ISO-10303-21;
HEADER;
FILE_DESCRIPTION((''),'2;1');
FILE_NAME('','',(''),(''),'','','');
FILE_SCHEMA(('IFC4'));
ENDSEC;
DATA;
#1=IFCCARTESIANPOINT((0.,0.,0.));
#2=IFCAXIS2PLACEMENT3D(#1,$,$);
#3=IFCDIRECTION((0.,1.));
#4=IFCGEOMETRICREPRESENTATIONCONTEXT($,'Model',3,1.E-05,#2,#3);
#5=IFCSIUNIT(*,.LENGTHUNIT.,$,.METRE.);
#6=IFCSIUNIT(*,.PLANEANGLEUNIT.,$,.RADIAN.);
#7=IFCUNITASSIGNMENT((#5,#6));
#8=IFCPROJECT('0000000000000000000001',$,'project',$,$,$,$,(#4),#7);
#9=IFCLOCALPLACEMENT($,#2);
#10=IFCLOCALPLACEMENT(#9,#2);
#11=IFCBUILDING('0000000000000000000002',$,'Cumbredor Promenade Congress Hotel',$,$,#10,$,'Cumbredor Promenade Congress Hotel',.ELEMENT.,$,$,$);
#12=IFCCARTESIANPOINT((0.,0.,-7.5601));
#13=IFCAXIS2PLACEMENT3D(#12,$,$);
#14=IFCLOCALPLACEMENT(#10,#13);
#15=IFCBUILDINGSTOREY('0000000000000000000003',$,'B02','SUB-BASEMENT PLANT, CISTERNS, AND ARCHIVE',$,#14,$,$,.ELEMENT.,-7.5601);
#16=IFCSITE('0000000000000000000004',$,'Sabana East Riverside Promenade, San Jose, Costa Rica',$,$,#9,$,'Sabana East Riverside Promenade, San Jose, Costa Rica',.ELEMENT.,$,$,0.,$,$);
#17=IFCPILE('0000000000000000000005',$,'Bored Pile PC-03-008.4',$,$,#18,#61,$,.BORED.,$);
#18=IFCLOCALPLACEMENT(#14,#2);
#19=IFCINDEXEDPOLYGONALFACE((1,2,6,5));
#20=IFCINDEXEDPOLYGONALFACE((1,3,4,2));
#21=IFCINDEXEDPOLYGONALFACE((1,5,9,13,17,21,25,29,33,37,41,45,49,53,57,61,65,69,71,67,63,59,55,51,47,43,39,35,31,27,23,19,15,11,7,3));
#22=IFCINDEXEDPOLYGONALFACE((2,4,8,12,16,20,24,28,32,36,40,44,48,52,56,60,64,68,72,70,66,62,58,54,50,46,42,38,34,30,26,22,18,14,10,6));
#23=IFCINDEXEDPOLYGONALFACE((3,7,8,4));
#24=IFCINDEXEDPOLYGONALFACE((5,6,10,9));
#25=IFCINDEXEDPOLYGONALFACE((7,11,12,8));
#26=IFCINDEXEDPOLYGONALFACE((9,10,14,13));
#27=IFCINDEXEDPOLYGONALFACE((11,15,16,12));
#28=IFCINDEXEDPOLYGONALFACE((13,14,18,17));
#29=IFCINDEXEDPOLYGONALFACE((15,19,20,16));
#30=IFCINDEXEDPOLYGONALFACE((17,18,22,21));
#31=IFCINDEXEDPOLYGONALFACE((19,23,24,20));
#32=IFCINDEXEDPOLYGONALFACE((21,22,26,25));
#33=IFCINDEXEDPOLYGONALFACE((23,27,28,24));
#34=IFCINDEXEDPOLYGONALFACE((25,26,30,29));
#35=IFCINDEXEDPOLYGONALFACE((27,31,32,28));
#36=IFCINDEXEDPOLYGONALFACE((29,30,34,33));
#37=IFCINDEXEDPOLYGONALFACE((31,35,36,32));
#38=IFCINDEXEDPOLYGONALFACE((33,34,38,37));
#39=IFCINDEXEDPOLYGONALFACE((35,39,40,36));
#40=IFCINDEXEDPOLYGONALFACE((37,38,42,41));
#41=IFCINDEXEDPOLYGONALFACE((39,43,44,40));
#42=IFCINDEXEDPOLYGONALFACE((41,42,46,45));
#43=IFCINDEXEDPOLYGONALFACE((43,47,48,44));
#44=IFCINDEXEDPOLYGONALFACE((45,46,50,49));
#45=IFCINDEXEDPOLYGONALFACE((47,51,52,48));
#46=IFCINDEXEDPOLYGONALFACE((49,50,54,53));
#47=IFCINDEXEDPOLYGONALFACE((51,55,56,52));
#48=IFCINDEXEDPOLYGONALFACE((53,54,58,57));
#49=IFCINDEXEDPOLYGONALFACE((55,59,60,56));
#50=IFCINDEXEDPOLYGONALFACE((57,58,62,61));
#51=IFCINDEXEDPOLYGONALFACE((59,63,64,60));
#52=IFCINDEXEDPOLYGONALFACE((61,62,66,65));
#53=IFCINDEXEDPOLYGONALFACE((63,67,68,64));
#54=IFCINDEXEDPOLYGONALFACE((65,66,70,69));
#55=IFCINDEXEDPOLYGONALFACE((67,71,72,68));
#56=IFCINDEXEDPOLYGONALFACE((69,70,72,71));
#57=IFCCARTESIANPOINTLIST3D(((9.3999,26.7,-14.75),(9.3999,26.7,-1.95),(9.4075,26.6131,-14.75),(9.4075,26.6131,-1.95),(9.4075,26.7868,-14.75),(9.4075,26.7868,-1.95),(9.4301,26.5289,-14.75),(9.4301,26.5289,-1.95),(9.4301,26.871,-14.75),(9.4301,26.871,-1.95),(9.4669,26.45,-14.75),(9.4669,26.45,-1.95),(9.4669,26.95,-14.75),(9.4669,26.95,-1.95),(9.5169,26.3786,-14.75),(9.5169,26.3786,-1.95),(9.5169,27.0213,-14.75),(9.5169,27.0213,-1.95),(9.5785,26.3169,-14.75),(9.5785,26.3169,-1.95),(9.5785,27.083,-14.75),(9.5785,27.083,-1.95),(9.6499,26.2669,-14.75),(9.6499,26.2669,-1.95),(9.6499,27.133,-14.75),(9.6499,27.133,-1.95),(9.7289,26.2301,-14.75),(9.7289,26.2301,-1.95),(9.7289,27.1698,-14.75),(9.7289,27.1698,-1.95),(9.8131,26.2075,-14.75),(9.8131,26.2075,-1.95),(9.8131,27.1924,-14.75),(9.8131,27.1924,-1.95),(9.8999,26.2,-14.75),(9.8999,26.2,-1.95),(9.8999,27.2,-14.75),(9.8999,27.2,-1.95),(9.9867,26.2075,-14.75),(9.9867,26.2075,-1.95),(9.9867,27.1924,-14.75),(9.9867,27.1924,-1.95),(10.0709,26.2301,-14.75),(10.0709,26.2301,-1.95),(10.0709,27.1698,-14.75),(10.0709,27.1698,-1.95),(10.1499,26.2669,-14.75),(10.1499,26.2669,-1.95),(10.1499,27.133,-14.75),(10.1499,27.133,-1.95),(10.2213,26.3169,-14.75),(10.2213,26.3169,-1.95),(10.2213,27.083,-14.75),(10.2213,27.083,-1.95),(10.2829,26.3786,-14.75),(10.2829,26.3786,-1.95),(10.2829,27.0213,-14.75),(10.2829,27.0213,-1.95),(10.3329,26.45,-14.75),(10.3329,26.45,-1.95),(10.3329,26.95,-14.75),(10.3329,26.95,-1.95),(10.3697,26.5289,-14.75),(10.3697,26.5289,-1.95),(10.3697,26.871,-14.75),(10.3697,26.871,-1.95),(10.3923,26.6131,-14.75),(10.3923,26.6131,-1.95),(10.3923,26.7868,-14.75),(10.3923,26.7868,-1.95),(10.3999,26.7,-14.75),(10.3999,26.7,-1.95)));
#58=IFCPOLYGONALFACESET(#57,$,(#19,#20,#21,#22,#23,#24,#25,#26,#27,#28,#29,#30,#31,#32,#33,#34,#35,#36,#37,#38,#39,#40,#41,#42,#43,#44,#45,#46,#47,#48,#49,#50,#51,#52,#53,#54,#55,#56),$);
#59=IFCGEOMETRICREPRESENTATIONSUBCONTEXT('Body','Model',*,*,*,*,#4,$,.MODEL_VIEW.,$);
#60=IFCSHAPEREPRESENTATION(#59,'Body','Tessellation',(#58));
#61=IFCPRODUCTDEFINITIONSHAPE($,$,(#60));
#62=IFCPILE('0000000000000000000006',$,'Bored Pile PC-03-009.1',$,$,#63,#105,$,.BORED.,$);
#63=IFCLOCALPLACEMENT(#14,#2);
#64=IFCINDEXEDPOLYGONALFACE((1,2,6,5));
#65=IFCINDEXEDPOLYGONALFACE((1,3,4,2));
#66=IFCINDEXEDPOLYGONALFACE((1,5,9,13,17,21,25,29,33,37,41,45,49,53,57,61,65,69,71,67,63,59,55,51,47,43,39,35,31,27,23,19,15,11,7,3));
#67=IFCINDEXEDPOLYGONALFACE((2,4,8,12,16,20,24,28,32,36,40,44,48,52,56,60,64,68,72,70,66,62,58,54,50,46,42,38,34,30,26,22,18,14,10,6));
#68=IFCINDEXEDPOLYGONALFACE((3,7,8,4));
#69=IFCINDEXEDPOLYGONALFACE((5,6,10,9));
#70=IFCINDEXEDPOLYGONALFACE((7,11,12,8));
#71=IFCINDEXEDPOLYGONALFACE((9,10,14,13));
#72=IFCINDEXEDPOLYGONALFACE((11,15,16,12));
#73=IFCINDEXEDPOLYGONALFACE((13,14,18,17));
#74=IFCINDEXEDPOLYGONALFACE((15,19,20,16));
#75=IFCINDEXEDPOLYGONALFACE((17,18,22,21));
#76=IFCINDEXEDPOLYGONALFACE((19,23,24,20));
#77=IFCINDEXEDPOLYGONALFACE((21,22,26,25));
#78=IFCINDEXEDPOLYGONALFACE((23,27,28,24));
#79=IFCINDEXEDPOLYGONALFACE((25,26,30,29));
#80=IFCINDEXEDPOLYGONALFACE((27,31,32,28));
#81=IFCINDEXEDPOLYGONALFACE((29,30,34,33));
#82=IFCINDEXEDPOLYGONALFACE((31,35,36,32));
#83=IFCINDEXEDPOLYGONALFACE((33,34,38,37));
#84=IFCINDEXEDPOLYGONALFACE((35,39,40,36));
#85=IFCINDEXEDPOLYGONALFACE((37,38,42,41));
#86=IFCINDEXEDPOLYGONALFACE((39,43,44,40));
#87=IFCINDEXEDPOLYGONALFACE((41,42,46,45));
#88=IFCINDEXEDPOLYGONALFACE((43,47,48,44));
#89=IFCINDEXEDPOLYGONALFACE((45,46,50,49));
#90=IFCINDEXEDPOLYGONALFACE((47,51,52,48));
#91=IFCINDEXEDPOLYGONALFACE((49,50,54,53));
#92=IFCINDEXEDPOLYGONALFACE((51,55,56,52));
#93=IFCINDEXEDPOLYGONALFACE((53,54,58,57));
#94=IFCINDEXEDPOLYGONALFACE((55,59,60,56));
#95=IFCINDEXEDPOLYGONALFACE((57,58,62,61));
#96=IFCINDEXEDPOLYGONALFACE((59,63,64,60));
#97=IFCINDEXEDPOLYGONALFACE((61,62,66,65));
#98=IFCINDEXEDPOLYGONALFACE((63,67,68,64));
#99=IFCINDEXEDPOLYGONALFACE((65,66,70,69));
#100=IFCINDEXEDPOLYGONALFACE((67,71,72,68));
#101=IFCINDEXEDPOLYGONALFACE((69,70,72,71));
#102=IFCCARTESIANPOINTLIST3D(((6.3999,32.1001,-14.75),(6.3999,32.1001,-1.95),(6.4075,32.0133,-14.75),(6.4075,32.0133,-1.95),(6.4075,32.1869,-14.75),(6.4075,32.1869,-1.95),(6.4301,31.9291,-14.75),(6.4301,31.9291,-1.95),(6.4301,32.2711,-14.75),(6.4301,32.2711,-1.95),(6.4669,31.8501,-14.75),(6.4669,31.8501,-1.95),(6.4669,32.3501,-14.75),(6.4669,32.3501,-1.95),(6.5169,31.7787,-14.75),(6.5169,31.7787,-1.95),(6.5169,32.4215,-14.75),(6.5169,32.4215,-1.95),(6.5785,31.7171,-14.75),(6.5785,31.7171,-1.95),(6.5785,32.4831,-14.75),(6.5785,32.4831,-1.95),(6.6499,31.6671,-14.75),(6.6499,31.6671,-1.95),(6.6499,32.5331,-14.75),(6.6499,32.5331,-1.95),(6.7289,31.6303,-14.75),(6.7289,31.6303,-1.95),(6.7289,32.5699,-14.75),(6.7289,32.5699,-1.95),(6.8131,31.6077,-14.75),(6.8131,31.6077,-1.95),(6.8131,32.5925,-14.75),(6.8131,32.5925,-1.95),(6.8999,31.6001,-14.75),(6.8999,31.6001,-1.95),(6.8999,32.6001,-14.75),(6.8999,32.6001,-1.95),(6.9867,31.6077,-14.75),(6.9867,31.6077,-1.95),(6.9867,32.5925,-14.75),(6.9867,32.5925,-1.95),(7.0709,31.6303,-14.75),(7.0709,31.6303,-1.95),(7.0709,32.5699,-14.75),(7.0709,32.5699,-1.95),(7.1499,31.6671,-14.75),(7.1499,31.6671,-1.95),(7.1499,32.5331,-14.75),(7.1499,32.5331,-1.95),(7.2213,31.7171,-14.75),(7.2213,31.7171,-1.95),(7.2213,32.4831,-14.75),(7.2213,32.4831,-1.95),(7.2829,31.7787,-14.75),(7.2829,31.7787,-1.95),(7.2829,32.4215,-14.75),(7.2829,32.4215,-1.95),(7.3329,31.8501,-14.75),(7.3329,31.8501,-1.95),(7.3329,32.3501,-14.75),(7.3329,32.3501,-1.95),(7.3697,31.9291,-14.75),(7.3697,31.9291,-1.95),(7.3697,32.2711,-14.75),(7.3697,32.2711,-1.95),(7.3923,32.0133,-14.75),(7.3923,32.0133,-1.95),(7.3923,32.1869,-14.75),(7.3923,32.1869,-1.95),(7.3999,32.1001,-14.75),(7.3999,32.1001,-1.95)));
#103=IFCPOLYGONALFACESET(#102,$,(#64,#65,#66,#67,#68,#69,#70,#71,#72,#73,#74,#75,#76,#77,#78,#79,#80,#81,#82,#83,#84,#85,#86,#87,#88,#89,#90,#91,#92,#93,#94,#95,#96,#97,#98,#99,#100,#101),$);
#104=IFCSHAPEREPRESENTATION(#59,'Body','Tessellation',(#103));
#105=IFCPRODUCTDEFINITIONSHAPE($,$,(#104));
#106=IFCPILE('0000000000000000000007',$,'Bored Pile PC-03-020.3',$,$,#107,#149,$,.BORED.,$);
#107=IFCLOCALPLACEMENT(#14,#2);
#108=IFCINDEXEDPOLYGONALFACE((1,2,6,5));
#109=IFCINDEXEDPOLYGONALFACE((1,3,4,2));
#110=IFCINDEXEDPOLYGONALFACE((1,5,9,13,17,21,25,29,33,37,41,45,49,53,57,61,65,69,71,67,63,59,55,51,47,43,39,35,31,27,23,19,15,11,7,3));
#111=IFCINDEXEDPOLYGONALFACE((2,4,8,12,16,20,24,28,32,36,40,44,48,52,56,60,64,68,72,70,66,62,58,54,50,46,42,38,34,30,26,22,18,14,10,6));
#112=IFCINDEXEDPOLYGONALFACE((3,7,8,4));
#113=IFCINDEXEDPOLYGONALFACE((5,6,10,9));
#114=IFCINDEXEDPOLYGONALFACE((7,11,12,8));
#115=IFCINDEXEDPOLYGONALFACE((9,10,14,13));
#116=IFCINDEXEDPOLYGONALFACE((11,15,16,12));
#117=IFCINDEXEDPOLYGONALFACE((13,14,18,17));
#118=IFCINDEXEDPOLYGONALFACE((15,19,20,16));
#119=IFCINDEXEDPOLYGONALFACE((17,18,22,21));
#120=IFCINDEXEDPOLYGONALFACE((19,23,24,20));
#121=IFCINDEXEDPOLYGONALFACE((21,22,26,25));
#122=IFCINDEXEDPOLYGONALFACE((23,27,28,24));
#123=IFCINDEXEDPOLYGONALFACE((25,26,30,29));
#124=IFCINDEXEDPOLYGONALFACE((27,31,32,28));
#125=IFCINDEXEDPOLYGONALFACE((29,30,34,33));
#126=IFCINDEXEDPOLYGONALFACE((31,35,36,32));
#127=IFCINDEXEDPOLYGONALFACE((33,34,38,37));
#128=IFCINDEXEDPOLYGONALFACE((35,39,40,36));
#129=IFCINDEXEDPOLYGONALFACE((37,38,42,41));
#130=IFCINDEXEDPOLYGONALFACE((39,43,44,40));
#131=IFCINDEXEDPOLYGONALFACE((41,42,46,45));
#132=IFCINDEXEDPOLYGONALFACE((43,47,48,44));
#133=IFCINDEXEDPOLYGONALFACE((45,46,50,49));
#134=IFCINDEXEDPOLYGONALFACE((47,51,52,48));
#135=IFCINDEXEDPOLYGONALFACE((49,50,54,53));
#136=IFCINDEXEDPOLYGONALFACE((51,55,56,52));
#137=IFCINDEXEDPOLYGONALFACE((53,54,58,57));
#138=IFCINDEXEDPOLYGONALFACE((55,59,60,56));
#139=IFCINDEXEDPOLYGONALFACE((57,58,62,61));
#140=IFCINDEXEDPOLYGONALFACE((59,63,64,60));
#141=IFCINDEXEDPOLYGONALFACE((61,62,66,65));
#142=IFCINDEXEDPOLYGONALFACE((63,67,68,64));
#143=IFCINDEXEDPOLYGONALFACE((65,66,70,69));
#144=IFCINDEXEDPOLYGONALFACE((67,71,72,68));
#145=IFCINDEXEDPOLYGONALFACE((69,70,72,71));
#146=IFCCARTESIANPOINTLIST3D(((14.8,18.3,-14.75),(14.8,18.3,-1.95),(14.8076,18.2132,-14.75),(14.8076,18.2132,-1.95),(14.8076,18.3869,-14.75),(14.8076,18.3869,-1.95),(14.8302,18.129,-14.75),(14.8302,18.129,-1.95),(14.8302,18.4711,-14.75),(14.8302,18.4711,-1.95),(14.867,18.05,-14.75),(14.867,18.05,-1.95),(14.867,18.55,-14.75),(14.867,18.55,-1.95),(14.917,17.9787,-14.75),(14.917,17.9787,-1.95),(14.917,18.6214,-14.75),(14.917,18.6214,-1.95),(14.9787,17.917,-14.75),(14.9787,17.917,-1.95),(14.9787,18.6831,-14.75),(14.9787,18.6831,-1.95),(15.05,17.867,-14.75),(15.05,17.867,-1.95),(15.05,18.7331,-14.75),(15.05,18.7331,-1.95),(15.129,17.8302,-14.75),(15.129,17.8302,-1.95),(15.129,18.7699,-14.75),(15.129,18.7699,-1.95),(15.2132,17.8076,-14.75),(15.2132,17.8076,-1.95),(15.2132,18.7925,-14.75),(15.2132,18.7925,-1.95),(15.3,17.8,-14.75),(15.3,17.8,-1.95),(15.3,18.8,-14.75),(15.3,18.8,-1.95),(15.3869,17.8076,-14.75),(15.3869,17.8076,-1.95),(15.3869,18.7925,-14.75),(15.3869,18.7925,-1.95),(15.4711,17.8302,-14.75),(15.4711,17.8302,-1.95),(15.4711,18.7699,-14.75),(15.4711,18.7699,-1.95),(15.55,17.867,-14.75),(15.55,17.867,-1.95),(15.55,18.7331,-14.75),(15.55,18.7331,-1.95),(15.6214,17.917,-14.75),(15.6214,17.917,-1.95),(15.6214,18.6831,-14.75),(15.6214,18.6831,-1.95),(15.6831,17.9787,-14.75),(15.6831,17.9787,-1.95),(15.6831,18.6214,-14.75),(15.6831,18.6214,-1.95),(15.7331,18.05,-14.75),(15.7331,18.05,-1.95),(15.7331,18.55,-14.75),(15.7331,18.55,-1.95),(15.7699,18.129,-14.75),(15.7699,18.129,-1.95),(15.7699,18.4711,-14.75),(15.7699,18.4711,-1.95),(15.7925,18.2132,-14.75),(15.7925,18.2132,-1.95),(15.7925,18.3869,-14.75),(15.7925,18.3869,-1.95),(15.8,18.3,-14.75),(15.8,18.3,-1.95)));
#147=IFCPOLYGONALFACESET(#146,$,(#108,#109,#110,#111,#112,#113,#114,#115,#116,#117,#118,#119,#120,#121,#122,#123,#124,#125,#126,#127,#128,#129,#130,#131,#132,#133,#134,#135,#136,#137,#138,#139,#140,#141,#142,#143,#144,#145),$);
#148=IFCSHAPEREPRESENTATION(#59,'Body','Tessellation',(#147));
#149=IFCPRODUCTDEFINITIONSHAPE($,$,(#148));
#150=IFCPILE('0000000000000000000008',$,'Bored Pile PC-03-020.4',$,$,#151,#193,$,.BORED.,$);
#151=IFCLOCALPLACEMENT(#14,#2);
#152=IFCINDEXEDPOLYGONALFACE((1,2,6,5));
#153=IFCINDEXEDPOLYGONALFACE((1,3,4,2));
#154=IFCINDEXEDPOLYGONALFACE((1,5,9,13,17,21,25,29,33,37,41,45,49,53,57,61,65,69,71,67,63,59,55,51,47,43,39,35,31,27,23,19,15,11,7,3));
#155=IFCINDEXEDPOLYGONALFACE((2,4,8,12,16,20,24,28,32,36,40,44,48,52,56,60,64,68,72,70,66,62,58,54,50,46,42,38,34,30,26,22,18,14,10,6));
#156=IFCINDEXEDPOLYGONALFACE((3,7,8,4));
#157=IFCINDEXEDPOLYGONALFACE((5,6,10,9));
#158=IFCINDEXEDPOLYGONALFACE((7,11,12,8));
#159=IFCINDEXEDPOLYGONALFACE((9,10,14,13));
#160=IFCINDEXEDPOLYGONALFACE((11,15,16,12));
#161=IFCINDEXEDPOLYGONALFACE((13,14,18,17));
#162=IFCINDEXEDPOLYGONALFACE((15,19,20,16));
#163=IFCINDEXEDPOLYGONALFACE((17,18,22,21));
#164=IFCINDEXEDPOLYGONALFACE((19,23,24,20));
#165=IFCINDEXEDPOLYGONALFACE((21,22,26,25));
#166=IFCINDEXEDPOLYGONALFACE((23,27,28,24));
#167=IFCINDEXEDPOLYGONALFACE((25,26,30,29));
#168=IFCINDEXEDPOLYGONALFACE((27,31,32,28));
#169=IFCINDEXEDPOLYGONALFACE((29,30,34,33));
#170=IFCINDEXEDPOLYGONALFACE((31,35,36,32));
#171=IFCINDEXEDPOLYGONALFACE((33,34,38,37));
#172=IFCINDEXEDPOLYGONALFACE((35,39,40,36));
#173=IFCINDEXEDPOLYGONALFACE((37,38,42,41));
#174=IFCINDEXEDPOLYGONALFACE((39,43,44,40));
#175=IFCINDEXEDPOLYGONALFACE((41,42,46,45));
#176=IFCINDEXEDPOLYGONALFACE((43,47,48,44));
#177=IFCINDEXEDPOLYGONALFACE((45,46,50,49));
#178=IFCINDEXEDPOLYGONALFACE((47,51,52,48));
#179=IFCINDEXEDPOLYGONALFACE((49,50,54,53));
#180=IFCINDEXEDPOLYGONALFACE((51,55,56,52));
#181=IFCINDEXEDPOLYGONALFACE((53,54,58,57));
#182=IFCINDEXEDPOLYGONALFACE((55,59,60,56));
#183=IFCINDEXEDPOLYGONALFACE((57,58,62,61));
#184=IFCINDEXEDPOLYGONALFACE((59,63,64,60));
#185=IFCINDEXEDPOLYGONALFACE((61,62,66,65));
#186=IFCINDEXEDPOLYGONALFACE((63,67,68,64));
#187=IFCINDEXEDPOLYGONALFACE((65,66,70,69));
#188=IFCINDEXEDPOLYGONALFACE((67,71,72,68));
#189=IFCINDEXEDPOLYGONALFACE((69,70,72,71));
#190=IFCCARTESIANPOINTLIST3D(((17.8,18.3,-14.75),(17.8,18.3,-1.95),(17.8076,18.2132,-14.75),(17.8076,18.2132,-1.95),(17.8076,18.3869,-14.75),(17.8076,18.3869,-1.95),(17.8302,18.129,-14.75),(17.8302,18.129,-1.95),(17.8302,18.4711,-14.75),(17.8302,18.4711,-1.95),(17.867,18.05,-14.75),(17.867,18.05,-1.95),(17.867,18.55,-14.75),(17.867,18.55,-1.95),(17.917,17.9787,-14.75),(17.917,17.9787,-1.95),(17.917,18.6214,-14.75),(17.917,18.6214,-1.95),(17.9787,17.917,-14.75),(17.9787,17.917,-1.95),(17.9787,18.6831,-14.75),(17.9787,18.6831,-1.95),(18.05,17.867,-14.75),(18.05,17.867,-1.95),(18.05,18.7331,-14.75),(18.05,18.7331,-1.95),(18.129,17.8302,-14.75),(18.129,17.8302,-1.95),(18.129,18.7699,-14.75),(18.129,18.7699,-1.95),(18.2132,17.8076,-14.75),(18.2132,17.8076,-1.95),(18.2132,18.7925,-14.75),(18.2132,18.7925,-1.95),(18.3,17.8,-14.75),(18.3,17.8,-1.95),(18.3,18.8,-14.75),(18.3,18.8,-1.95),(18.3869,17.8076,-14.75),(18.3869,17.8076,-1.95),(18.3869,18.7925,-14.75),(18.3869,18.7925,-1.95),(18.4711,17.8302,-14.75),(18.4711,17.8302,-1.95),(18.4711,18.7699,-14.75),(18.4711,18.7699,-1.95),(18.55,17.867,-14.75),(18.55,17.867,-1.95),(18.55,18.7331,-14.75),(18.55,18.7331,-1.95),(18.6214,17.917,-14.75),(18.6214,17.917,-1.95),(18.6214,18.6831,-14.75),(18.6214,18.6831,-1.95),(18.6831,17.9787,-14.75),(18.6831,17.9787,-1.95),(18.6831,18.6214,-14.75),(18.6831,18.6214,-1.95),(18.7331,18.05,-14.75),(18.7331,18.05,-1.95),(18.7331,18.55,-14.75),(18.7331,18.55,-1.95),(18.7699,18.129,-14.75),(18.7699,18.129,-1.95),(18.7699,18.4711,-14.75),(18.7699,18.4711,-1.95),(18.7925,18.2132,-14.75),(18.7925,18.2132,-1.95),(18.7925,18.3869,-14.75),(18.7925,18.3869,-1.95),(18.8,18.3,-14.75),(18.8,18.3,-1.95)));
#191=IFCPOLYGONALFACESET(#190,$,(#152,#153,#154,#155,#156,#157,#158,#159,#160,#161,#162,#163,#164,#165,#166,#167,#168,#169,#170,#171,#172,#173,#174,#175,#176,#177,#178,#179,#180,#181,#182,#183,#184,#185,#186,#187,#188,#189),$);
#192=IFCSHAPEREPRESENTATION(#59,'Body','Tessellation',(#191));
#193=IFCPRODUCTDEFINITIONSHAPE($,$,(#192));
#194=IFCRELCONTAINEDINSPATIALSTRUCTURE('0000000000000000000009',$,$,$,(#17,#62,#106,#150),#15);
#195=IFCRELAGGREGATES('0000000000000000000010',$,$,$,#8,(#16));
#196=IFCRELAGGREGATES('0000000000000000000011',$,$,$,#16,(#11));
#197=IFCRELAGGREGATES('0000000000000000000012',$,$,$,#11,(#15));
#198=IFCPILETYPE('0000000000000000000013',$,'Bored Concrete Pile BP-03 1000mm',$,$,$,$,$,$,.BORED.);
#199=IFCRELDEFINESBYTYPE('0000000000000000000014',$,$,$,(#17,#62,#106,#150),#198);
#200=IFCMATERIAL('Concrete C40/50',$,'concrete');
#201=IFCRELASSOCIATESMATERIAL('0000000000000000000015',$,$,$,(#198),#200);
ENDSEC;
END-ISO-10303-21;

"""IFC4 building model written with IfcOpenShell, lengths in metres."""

from ifc_helpers import new_model, si_unit, direction, frame, origin, origin_2d, place, context, subcontext, project, spatial, circle, extrude, material, material_profile, profile_set, type_object, element, save


model = new_model("IFC4")

# Units and contexts
model_context = context("Model", 3, precision=1e-05, world=origin(), true_north=direction((0.0, 1.0)))
body_context = subcontext(model_context, "Body", "Model", "MODEL_VIEW")
ifc_project = project(units=[si_unit("LENGTHUNIT", "METRE"), si_unit("PLANEANGLEUNIT", "RADIAN")], contexts=[model_context])

# Site, building, storey
site_placement = place(None, origin())
site = spatial("IfcSite", under=ifc_project, at=site_placement, Name="Sabana East Riverside Promenade, San Jose, Costa Rica", LongName="Sabana East Riverside Promenade, San Jose, Costa Rica", CompositionType="ELEMENT", RefElevation=0.0)
building_placement = place(site_placement, origin())
building = spatial("IfcBuilding", under=site, at=building_placement, Name="Cumbredor Promenade Congress Hotel", LongName="Cumbredor Promenade Congress Hotel", CompositionType="ELEMENT")
storey_placement = place(building_placement, frame((0.0, 0.0, -7.5601)))
storey = spatial("IfcBuildingStorey", under=building, at=storey_placement, Name="B02", Description="SUB-BASEMENT PLANT, CISTERNS, AND ARCHIVE", CompositionType="ELEMENT", Elevation=-7.5601)

# Piles
ifc_material_1 = material(Name="Concrete C40/50", Category="concrete")
ifc_material_profile_1 = material_profile(ifc_material_1, circle(Radius=0.5, at=origin_2d()), Name="PILE D1000")
ifc_profile_set_1 = profile_set([ifc_material_profile_1], Name="Concrete C40/50")
pile_type = type_object("IfcPileType", Name="Bored Concrete Pile BP-03 1000mm", PredefinedType="BORED", material=ifc_profile_set_1)
for number, where, z_axis, x_axis, name in (
    (1, (9.8999, 26.7, -1.95), (0.0, 0.0, -1.0), (1.0, 0.0, 0.0), "Bored Pile PC-03-008.4"),
    (2, (6.8999, 32.1001, -1.95), (0.0, 0.0, -1.0), (1.0, 0.0, 0.0), "Bored Pile PC-03-009.1"),
    (3, (15.3, 18.3, -1.95), (0.0, 0.0, -1.0), (1.0, 0.0, 0.0), "Bored Pile PC-03-020.3"),
    (4, (18.3, 18.3, -1.95), (0.0, 0.0, -1.0), (1.0, 0.0, 0.0), "Bored Pile PC-03-020.4"),
):
    element("IfcPile", number, at=place(storey_placement, frame(where, z_axis=z_axis, x_axis=x_axis)), inside=storey, type_object=pile_type, Name=name, PredefinedType="BORED", context=body_context, shape_type="SweptSolid", body=[
        extrude(circle(Radius=0.5, at=origin_2d()), origin(), (0.0, 0.0, 1.0), 12.8),
    ])

save(model, "model.ifc")
